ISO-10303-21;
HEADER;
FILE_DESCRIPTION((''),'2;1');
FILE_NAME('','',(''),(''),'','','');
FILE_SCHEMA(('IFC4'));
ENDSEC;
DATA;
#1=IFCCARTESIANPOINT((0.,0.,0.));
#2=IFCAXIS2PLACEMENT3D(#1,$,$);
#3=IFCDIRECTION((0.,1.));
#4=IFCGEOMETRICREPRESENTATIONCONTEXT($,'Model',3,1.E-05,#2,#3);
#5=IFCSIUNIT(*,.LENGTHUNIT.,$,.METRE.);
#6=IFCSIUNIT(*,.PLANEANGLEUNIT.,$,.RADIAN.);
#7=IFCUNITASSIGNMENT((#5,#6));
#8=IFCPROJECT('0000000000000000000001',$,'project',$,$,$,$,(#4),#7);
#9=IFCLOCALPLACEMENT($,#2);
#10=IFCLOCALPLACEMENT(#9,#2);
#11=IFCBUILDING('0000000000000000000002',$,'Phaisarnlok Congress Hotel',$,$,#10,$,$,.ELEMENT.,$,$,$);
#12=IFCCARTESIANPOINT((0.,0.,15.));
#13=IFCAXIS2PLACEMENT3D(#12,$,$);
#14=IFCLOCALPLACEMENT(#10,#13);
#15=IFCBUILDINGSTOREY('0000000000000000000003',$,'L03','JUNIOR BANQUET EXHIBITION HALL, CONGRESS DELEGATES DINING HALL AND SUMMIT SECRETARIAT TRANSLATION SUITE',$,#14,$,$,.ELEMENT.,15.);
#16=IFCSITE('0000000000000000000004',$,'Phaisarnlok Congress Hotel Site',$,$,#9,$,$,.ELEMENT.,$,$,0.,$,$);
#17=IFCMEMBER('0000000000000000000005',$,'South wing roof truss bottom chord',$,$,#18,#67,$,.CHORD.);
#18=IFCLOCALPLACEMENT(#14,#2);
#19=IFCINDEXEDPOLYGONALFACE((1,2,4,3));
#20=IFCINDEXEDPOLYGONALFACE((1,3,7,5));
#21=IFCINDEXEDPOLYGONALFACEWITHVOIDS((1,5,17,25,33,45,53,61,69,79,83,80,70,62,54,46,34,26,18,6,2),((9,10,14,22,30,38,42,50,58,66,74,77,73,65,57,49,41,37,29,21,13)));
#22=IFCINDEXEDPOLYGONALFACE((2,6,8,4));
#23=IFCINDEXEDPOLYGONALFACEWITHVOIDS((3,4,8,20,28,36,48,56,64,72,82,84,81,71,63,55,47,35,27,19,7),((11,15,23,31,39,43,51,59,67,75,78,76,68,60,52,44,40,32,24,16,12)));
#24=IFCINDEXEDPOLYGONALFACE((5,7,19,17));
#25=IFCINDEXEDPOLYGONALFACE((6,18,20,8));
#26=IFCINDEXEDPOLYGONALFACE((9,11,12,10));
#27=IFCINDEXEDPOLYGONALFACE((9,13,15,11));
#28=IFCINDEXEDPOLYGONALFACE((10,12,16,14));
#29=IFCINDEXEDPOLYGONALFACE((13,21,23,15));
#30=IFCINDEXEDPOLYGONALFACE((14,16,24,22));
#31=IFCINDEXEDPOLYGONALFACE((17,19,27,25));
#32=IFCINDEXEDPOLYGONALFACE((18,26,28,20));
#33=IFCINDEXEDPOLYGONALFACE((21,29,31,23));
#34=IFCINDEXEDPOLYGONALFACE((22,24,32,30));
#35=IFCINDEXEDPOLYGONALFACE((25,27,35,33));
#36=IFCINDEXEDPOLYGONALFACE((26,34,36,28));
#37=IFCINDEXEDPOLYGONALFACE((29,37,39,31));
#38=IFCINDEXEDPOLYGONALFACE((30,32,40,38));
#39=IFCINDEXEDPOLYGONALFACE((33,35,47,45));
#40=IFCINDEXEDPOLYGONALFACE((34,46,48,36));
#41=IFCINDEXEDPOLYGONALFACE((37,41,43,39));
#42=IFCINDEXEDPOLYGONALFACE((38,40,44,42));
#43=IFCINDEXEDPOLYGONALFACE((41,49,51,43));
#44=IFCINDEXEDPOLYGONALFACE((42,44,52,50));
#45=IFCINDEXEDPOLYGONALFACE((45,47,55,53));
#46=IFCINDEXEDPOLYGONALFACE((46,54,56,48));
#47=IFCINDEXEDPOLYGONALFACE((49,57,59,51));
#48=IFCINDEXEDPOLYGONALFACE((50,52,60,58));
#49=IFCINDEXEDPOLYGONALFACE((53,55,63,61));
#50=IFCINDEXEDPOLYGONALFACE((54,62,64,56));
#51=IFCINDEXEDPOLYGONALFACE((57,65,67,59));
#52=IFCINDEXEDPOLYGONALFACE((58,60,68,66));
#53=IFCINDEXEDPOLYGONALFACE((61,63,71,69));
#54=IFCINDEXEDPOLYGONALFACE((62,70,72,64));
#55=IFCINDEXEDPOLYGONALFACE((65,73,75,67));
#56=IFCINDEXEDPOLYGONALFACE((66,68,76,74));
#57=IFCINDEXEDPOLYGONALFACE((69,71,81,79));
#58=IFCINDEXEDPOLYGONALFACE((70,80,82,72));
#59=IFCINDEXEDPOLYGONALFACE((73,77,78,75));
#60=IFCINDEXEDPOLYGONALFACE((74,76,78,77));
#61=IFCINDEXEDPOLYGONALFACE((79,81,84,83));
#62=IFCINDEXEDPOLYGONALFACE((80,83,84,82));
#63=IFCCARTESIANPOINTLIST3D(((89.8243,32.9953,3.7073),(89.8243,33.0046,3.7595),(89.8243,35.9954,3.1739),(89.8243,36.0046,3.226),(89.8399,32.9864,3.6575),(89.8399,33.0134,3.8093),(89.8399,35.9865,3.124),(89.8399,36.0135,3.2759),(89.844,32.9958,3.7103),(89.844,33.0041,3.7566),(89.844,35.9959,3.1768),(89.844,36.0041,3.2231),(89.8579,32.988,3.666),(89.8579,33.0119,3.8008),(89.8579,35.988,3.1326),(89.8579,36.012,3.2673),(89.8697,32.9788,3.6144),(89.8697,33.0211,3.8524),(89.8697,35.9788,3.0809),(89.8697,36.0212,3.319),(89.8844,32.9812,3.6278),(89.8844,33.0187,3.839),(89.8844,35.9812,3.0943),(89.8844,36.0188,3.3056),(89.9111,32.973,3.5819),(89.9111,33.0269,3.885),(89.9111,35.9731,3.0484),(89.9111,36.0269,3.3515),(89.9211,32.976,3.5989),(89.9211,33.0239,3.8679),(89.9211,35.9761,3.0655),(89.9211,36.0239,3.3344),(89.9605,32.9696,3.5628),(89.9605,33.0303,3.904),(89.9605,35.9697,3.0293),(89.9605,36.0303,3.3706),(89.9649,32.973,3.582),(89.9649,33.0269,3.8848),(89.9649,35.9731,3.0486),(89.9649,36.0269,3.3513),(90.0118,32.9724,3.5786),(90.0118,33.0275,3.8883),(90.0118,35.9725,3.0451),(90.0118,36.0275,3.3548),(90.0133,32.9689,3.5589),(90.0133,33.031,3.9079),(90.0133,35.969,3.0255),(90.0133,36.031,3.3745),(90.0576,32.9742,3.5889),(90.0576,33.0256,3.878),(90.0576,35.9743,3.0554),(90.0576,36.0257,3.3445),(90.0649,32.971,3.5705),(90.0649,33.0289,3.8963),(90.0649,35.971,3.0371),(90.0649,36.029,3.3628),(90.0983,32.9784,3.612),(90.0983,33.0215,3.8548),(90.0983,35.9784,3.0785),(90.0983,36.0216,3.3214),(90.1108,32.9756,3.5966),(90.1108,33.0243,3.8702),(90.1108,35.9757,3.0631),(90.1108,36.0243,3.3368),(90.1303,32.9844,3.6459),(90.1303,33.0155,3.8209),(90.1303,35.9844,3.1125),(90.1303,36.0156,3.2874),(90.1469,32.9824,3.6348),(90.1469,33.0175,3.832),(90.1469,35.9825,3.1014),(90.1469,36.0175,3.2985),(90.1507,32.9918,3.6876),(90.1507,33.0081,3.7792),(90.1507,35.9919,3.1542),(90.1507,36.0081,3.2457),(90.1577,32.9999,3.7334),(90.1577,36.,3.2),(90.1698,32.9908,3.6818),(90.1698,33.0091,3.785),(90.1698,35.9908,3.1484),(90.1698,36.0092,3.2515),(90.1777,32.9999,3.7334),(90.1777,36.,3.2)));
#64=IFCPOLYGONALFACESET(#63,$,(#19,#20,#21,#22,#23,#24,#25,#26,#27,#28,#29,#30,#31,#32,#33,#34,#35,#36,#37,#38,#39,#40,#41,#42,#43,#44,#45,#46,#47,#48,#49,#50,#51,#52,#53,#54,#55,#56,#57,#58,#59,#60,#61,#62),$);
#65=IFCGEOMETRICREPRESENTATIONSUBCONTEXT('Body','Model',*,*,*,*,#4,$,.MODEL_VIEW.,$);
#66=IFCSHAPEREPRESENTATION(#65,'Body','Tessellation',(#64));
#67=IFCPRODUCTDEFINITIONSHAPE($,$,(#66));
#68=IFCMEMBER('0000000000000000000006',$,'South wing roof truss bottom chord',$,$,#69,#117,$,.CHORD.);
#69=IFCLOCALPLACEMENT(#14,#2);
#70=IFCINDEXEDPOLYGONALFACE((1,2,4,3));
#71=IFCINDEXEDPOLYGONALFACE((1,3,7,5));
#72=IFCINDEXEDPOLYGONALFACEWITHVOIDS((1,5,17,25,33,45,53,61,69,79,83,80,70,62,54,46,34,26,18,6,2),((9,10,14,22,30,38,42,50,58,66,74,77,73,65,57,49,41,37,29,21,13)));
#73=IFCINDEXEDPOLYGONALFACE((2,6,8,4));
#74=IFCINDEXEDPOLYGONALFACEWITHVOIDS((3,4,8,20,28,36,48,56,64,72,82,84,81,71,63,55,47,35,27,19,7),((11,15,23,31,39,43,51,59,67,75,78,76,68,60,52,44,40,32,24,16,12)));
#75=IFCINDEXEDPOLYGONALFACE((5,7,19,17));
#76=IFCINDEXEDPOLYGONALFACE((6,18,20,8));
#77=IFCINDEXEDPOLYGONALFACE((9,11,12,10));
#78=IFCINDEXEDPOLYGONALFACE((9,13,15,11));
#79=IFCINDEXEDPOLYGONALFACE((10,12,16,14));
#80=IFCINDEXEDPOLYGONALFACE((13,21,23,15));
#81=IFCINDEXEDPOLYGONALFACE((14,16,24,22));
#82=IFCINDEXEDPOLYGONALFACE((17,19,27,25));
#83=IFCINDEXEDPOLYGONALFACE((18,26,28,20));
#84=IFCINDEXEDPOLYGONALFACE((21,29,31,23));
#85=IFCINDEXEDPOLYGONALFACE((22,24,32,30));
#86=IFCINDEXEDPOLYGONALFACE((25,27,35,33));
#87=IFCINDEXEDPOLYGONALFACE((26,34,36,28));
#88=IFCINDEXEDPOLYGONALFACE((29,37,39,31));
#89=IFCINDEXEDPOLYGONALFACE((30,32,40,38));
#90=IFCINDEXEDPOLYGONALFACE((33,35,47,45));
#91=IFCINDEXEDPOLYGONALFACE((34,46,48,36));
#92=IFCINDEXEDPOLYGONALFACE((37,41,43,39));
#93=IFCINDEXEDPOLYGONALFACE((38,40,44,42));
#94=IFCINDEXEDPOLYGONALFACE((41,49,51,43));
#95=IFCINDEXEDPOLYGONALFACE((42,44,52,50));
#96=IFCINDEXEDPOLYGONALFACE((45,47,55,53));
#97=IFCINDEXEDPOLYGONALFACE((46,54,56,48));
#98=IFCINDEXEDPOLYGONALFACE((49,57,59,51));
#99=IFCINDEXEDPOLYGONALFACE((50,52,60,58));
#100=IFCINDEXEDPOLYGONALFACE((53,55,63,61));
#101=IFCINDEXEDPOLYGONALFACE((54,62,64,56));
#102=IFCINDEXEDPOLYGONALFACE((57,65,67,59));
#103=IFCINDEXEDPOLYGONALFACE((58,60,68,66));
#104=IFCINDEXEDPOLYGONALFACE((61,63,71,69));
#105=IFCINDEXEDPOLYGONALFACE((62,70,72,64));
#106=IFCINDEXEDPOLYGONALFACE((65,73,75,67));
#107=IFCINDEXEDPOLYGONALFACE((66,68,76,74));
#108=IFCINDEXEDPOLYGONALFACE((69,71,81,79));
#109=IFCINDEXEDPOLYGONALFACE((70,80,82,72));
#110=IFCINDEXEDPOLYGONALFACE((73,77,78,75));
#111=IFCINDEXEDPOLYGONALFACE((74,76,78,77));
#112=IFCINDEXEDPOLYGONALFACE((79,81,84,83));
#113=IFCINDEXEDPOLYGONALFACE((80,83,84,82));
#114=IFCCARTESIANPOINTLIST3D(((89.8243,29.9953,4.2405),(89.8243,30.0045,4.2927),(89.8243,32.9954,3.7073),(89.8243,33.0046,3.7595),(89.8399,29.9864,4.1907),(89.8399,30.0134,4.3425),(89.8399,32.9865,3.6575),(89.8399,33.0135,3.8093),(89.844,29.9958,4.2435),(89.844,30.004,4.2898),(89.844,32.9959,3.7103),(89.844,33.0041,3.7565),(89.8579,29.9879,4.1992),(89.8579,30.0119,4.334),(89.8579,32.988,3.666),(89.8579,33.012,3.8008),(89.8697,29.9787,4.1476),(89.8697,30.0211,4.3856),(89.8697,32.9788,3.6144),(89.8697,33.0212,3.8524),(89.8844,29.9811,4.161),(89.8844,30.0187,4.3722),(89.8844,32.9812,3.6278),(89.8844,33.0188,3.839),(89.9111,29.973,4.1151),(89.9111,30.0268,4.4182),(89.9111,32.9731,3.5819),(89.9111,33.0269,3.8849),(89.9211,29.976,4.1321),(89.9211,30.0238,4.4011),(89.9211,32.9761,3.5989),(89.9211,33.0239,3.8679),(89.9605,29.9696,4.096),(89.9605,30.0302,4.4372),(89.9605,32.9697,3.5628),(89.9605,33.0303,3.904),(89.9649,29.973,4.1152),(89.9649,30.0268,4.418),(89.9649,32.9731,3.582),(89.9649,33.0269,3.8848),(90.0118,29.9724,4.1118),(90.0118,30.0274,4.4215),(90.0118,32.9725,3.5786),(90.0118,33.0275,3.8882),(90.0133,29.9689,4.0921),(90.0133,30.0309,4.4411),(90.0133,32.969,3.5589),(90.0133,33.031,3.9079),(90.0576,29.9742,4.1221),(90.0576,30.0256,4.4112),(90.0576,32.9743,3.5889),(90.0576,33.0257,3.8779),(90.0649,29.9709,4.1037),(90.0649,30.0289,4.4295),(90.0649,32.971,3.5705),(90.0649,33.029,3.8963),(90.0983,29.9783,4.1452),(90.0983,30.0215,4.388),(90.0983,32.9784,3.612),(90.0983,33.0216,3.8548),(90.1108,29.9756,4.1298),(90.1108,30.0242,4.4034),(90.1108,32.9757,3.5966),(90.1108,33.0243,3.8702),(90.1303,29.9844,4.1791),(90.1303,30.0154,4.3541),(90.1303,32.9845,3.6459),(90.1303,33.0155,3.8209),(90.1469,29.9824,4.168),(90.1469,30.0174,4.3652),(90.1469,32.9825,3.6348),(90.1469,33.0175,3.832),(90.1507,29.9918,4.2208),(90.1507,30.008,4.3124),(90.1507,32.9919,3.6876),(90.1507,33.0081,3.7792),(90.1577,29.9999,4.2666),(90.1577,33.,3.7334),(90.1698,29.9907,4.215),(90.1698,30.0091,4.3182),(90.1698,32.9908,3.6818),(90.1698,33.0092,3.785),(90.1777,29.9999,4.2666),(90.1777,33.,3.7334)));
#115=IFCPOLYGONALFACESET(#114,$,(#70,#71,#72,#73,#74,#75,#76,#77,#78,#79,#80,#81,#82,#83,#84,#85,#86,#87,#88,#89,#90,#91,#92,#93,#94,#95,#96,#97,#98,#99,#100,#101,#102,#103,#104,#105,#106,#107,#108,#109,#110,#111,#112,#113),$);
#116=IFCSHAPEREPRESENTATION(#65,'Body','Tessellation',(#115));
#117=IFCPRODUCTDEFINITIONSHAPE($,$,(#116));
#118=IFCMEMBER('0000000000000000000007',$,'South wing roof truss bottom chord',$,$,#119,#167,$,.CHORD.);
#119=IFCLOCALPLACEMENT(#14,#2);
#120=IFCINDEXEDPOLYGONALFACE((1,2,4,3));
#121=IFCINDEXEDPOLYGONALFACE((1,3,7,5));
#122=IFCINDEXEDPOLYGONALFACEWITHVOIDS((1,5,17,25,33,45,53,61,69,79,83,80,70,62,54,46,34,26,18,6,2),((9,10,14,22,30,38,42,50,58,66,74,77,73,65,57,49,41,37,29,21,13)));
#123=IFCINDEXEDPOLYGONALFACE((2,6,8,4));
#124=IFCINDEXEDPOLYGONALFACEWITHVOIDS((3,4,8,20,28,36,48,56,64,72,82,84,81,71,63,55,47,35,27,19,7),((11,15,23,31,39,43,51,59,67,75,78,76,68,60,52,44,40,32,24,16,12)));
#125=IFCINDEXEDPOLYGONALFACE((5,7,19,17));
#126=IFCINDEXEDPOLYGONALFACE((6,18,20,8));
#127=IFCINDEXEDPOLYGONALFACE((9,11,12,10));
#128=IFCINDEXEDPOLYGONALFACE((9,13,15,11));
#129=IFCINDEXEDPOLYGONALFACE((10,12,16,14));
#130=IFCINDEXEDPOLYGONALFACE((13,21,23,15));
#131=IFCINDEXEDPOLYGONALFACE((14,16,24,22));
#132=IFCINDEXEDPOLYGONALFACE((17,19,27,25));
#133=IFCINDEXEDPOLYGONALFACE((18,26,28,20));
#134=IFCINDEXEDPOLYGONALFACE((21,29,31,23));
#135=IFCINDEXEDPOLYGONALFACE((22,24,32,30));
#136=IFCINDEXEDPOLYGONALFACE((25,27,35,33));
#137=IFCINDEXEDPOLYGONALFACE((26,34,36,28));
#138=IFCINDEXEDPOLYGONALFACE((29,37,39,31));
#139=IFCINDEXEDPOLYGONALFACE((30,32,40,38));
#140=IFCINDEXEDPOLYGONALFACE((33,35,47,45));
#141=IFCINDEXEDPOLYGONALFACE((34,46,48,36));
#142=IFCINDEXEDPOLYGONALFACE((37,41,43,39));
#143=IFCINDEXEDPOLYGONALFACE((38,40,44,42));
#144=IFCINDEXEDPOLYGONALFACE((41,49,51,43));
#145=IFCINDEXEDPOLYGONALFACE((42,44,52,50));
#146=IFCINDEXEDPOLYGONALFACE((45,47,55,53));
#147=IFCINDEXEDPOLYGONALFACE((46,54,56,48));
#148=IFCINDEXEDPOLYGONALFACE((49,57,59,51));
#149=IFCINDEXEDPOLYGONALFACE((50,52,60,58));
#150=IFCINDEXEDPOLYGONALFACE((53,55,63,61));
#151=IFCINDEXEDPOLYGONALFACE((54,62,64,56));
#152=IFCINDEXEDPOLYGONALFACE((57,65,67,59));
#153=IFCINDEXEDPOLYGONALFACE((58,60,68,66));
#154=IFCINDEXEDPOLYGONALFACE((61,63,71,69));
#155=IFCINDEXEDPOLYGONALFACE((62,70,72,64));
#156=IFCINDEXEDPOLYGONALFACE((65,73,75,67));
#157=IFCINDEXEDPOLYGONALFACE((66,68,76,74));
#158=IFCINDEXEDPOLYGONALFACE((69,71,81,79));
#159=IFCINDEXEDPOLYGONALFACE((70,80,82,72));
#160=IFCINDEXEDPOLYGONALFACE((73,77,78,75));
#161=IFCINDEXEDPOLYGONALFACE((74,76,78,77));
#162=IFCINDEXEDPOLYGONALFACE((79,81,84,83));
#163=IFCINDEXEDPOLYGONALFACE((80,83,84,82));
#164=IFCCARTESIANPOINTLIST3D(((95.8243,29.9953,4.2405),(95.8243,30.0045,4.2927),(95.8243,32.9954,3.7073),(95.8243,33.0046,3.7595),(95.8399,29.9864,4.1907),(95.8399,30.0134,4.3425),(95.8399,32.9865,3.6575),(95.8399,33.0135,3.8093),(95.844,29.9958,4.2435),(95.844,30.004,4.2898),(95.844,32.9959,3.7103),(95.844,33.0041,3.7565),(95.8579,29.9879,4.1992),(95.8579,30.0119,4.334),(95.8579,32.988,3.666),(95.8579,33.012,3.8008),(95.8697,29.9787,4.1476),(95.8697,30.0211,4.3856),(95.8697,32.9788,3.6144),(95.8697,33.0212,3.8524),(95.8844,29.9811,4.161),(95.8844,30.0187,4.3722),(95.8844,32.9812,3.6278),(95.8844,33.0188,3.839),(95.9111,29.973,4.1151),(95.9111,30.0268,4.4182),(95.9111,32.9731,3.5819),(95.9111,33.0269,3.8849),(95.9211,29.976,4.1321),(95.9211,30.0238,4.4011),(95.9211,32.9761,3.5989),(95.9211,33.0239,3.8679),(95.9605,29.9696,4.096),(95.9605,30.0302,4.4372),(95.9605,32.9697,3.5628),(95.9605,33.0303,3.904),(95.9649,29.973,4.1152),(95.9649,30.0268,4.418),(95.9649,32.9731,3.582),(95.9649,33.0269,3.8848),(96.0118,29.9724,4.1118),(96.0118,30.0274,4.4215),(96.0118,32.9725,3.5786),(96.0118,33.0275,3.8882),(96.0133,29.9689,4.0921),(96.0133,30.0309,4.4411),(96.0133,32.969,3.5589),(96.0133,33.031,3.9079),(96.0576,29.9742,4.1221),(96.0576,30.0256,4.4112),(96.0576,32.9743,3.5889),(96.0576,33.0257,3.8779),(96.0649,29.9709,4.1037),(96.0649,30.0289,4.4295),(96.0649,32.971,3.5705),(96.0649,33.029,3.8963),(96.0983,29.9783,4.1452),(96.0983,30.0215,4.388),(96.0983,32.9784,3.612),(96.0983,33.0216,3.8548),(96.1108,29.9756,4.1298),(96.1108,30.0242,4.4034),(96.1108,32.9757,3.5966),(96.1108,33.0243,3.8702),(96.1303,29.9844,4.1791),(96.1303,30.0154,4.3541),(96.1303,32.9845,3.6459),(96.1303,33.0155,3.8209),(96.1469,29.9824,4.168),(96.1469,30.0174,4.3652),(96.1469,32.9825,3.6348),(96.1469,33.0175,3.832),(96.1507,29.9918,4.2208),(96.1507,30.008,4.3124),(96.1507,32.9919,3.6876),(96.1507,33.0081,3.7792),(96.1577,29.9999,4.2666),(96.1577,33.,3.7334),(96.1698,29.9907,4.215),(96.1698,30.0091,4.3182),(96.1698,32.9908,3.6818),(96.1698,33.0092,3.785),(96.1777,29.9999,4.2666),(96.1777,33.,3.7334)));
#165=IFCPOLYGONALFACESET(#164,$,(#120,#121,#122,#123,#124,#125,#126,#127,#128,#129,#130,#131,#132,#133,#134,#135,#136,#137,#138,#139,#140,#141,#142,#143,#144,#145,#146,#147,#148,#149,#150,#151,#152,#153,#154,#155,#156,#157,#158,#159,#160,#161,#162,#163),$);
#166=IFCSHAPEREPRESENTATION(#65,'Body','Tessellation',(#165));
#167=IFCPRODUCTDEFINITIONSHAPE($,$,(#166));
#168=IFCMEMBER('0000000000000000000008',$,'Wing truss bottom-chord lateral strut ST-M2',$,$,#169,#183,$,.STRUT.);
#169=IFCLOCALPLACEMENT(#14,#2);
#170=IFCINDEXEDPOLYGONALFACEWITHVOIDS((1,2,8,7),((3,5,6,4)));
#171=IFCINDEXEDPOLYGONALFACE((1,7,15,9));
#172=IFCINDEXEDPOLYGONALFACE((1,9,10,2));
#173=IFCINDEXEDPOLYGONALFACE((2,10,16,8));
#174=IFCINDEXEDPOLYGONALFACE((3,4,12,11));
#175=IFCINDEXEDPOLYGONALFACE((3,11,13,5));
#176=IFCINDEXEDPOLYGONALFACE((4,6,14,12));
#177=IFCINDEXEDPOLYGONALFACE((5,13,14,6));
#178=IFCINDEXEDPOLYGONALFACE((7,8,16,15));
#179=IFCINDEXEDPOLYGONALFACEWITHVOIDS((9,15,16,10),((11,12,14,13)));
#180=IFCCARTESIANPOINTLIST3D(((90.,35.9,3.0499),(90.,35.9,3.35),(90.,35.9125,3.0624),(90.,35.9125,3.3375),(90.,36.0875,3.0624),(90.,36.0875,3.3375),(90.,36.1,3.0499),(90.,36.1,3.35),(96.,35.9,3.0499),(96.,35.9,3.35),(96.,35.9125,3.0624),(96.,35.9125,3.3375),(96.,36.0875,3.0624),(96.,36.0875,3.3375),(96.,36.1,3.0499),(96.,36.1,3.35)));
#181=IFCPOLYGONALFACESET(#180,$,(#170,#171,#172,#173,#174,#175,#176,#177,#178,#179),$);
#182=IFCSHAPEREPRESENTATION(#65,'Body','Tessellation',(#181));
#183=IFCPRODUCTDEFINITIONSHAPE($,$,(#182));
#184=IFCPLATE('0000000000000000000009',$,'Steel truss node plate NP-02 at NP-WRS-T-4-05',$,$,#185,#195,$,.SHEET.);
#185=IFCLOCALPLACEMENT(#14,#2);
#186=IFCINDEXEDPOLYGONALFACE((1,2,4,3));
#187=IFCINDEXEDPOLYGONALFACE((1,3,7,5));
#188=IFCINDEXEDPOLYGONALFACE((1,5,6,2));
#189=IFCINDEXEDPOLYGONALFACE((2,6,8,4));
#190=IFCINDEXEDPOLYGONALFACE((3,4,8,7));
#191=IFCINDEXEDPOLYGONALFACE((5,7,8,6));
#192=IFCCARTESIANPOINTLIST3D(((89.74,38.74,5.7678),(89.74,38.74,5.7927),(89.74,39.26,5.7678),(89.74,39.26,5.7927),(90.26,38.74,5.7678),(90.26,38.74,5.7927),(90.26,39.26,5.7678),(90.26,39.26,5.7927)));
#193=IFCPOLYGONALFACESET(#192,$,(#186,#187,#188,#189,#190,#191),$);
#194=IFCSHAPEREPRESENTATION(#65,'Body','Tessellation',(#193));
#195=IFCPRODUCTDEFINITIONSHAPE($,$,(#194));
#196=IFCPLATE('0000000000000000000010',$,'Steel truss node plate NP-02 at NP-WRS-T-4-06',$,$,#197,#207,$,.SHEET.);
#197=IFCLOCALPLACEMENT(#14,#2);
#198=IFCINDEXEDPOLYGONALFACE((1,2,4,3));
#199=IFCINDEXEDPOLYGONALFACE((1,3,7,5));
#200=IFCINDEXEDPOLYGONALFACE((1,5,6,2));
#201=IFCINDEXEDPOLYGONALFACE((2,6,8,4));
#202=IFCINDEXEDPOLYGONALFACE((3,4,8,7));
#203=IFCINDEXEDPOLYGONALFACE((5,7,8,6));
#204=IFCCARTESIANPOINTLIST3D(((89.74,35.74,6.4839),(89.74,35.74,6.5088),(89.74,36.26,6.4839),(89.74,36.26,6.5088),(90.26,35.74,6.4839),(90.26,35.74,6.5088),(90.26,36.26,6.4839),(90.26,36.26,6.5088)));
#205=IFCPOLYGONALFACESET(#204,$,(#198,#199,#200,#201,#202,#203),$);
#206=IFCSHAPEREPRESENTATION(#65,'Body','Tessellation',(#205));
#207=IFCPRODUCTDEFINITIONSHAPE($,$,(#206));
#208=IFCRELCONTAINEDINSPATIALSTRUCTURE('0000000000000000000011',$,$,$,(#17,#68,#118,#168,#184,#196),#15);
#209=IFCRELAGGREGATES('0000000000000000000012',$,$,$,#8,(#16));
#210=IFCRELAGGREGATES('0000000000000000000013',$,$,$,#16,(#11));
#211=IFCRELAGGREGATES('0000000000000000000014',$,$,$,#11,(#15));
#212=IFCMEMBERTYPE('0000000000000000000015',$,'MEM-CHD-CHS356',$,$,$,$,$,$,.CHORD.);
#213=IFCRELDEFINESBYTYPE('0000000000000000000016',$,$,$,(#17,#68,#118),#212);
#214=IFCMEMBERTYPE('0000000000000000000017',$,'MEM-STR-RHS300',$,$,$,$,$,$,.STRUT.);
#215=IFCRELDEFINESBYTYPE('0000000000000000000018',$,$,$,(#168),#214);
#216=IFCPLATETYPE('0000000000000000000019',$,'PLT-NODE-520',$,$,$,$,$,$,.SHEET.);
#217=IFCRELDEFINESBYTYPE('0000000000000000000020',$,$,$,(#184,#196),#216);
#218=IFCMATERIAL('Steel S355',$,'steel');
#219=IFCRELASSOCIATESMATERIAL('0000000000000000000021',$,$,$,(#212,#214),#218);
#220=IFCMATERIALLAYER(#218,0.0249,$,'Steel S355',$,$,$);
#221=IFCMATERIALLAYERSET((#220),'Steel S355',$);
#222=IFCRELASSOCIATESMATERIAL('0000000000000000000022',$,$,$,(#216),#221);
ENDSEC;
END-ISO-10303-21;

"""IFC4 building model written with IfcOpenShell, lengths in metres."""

from ifc_helpers import new_model, si_unit, direction, frame, origin, origin_2d, place, context, subcontext, project, spatial, rectangle, hollow_rectangle, hollow_circle, extrude, material, layer, layer_set, material_profile, profile_set, type_object, element, save


model = new_model("IFC4")

# Units and contexts
model_context = context("Model", 3, precision=1e-05, world=origin(), true_north=direction((0.0, 1.0)))
body_context = subcontext(model_context, "Body", "Model", "MODEL_VIEW")
ifc_project = project(units=[si_unit("LENGTHUNIT", "METRE"), si_unit("PLANEANGLEUNIT", "RADIAN")], contexts=[model_context])

# Site, building, storey
site_placement = place(None, origin())
site = spatial("IfcSite", under=ifc_project, at=site_placement, Name="Phaisarnlok Congress Hotel Site", CompositionType="ELEMENT", RefElevation=0.0)
building_placement = place(site_placement, origin())
building = spatial("IfcBuilding", under=site, at=building_placement, Name="Phaisarnlok Congress Hotel", CompositionType="ELEMENT")
storey_placement = place(building_placement, frame((0.0, 0.0, 15.0)))
storey = spatial("IfcBuildingStorey", under=building, at=storey_placement, Name="L03", Description="JUNIOR BANQUET EXHIBITION HALL, CONGRESS DELEGATES DINING HALL AND SUMMIT SECRETARIAT TRANSLATION SUITE", CompositionType="ELEMENT", Elevation=15.0)

# Shared definitions
ifc_material_1 = material(Name="Steel S355", Category="steel")

# Members
ifc_material_profile_1 = material_profile(ifc_material_1, hollow_circle(Radius=0.1777, WallThickness=0.02, at=origin_2d()), Name="CHS 355.6x20")
ifc_profile_set_1 = profile_set([ifc_material_profile_1], Name="Steel S355")
member_type_1 = type_object("IfcMemberType", Name="MEM-CHD-CHS356", PredefinedType="CHORD", material=ifc_profile_set_1)
for number, where, z_axis, x_axis, name in (
    (1, (90.0, 36.0, 3.2), (0.0, -0.984556, 0.17507), (1.0, 0.0, 0.0), "South wing roof truss bottom chord"),
    (2, (90.0, 33.0, 3.7334), (0.0, -0.98457, 0.174992), (1.0, 0.0, 0.0), "South wing roof truss bottom chord"),
    (3, (96.0, 33.0, 3.7334), (0.0, -0.98457, 0.174992), (1.0, 0.0, 0.0), "South wing roof truss bottom chord"),
):
    element("IfcMember", number, at=place(storey_placement, frame(where, z_axis=z_axis, x_axis=x_axis)), inside=storey, type_object=member_type_1, Name=name, PredefinedType="CHORD", context=body_context, shape_type="SweptSolid", body=[
        extrude(hollow_circle(Radius=0.1777, WallThickness=0.02, at=origin_2d()), origin(), (0.0, 0.0, 1.0), 3.0471),
    ])
ifc_material_profile_2 = material_profile(ifc_material_1, hollow_rectangle(XDim=0.2, YDim=0.3, WallThickness=0.0125, at=origin_2d()), Name="RHS 300x200x12.5")
ifc_profile_set_2 = profile_set([ifc_material_profile_2], Name="Steel S355")
member_type_2 = type_object("IfcMemberType", Name="MEM-STR-RHS300", PredefinedType="STRUT", material=ifc_profile_set_2)
member_1_placement = place(storey_placement, frame((90.0, 36.0, 3.2), z_axis=(1.0, 0.0, 0.0), x_axis=(0.0, 1.0, 0.0)))
element("IfcMember", 4, at=member_1_placement, inside=storey, type_object=member_type_2, Name="Wing truss bottom-chord lateral strut ST-M2", PredefinedType="STRUT", context=body_context, shape_type="SweptSolid", body=[
    extrude(hollow_rectangle(XDim=0.2, YDim=0.3, WallThickness=0.0125, at=origin_2d()), origin(), (0.0, 0.0, 1.0), 6.0),
])

# Plates
ifc_layer_1 = layer(ifc_material_1, 0.0249, Name="Steel S355")
ifc_layer_set_1 = layer_set([ifc_layer_1], Name="Steel S355")
plate_type_1 = type_object("IfcPlateType", Name="PLT-NODE-520", PredefinedType="SHEET", material=ifc_layer_set_1)
for number, where, z_axis, x_axis, name in (
    (5, (90.0, 39.0, 5.7678), (0.0, 0.0, 1.0), (1.0, 0.0, 0.0), "Steel truss node plate NP-02 at NP-WRS-T-4-05"),
    (6, (90.0, 36.0, 6.4839), (0.0, 0.0, 1.0), (1.0, 0.0, 0.0), "Steel truss node plate NP-02 at NP-WRS-T-4-06"),
):
    element("IfcPlate", number, at=place(storey_placement, frame(where, z_axis=z_axis, x_axis=x_axis)), inside=storey, type_object=plate_type_1, Name=name, PredefinedType="SHEET", context=body_context, shape_type="SweptSolid", body=[
        extrude(rectangle(XDim=0.52, YDim=0.52, at=origin_2d()), origin(), (0.0, 0.0, 1.0), 0.0249),
    ])

save(model, "model.ifc")
